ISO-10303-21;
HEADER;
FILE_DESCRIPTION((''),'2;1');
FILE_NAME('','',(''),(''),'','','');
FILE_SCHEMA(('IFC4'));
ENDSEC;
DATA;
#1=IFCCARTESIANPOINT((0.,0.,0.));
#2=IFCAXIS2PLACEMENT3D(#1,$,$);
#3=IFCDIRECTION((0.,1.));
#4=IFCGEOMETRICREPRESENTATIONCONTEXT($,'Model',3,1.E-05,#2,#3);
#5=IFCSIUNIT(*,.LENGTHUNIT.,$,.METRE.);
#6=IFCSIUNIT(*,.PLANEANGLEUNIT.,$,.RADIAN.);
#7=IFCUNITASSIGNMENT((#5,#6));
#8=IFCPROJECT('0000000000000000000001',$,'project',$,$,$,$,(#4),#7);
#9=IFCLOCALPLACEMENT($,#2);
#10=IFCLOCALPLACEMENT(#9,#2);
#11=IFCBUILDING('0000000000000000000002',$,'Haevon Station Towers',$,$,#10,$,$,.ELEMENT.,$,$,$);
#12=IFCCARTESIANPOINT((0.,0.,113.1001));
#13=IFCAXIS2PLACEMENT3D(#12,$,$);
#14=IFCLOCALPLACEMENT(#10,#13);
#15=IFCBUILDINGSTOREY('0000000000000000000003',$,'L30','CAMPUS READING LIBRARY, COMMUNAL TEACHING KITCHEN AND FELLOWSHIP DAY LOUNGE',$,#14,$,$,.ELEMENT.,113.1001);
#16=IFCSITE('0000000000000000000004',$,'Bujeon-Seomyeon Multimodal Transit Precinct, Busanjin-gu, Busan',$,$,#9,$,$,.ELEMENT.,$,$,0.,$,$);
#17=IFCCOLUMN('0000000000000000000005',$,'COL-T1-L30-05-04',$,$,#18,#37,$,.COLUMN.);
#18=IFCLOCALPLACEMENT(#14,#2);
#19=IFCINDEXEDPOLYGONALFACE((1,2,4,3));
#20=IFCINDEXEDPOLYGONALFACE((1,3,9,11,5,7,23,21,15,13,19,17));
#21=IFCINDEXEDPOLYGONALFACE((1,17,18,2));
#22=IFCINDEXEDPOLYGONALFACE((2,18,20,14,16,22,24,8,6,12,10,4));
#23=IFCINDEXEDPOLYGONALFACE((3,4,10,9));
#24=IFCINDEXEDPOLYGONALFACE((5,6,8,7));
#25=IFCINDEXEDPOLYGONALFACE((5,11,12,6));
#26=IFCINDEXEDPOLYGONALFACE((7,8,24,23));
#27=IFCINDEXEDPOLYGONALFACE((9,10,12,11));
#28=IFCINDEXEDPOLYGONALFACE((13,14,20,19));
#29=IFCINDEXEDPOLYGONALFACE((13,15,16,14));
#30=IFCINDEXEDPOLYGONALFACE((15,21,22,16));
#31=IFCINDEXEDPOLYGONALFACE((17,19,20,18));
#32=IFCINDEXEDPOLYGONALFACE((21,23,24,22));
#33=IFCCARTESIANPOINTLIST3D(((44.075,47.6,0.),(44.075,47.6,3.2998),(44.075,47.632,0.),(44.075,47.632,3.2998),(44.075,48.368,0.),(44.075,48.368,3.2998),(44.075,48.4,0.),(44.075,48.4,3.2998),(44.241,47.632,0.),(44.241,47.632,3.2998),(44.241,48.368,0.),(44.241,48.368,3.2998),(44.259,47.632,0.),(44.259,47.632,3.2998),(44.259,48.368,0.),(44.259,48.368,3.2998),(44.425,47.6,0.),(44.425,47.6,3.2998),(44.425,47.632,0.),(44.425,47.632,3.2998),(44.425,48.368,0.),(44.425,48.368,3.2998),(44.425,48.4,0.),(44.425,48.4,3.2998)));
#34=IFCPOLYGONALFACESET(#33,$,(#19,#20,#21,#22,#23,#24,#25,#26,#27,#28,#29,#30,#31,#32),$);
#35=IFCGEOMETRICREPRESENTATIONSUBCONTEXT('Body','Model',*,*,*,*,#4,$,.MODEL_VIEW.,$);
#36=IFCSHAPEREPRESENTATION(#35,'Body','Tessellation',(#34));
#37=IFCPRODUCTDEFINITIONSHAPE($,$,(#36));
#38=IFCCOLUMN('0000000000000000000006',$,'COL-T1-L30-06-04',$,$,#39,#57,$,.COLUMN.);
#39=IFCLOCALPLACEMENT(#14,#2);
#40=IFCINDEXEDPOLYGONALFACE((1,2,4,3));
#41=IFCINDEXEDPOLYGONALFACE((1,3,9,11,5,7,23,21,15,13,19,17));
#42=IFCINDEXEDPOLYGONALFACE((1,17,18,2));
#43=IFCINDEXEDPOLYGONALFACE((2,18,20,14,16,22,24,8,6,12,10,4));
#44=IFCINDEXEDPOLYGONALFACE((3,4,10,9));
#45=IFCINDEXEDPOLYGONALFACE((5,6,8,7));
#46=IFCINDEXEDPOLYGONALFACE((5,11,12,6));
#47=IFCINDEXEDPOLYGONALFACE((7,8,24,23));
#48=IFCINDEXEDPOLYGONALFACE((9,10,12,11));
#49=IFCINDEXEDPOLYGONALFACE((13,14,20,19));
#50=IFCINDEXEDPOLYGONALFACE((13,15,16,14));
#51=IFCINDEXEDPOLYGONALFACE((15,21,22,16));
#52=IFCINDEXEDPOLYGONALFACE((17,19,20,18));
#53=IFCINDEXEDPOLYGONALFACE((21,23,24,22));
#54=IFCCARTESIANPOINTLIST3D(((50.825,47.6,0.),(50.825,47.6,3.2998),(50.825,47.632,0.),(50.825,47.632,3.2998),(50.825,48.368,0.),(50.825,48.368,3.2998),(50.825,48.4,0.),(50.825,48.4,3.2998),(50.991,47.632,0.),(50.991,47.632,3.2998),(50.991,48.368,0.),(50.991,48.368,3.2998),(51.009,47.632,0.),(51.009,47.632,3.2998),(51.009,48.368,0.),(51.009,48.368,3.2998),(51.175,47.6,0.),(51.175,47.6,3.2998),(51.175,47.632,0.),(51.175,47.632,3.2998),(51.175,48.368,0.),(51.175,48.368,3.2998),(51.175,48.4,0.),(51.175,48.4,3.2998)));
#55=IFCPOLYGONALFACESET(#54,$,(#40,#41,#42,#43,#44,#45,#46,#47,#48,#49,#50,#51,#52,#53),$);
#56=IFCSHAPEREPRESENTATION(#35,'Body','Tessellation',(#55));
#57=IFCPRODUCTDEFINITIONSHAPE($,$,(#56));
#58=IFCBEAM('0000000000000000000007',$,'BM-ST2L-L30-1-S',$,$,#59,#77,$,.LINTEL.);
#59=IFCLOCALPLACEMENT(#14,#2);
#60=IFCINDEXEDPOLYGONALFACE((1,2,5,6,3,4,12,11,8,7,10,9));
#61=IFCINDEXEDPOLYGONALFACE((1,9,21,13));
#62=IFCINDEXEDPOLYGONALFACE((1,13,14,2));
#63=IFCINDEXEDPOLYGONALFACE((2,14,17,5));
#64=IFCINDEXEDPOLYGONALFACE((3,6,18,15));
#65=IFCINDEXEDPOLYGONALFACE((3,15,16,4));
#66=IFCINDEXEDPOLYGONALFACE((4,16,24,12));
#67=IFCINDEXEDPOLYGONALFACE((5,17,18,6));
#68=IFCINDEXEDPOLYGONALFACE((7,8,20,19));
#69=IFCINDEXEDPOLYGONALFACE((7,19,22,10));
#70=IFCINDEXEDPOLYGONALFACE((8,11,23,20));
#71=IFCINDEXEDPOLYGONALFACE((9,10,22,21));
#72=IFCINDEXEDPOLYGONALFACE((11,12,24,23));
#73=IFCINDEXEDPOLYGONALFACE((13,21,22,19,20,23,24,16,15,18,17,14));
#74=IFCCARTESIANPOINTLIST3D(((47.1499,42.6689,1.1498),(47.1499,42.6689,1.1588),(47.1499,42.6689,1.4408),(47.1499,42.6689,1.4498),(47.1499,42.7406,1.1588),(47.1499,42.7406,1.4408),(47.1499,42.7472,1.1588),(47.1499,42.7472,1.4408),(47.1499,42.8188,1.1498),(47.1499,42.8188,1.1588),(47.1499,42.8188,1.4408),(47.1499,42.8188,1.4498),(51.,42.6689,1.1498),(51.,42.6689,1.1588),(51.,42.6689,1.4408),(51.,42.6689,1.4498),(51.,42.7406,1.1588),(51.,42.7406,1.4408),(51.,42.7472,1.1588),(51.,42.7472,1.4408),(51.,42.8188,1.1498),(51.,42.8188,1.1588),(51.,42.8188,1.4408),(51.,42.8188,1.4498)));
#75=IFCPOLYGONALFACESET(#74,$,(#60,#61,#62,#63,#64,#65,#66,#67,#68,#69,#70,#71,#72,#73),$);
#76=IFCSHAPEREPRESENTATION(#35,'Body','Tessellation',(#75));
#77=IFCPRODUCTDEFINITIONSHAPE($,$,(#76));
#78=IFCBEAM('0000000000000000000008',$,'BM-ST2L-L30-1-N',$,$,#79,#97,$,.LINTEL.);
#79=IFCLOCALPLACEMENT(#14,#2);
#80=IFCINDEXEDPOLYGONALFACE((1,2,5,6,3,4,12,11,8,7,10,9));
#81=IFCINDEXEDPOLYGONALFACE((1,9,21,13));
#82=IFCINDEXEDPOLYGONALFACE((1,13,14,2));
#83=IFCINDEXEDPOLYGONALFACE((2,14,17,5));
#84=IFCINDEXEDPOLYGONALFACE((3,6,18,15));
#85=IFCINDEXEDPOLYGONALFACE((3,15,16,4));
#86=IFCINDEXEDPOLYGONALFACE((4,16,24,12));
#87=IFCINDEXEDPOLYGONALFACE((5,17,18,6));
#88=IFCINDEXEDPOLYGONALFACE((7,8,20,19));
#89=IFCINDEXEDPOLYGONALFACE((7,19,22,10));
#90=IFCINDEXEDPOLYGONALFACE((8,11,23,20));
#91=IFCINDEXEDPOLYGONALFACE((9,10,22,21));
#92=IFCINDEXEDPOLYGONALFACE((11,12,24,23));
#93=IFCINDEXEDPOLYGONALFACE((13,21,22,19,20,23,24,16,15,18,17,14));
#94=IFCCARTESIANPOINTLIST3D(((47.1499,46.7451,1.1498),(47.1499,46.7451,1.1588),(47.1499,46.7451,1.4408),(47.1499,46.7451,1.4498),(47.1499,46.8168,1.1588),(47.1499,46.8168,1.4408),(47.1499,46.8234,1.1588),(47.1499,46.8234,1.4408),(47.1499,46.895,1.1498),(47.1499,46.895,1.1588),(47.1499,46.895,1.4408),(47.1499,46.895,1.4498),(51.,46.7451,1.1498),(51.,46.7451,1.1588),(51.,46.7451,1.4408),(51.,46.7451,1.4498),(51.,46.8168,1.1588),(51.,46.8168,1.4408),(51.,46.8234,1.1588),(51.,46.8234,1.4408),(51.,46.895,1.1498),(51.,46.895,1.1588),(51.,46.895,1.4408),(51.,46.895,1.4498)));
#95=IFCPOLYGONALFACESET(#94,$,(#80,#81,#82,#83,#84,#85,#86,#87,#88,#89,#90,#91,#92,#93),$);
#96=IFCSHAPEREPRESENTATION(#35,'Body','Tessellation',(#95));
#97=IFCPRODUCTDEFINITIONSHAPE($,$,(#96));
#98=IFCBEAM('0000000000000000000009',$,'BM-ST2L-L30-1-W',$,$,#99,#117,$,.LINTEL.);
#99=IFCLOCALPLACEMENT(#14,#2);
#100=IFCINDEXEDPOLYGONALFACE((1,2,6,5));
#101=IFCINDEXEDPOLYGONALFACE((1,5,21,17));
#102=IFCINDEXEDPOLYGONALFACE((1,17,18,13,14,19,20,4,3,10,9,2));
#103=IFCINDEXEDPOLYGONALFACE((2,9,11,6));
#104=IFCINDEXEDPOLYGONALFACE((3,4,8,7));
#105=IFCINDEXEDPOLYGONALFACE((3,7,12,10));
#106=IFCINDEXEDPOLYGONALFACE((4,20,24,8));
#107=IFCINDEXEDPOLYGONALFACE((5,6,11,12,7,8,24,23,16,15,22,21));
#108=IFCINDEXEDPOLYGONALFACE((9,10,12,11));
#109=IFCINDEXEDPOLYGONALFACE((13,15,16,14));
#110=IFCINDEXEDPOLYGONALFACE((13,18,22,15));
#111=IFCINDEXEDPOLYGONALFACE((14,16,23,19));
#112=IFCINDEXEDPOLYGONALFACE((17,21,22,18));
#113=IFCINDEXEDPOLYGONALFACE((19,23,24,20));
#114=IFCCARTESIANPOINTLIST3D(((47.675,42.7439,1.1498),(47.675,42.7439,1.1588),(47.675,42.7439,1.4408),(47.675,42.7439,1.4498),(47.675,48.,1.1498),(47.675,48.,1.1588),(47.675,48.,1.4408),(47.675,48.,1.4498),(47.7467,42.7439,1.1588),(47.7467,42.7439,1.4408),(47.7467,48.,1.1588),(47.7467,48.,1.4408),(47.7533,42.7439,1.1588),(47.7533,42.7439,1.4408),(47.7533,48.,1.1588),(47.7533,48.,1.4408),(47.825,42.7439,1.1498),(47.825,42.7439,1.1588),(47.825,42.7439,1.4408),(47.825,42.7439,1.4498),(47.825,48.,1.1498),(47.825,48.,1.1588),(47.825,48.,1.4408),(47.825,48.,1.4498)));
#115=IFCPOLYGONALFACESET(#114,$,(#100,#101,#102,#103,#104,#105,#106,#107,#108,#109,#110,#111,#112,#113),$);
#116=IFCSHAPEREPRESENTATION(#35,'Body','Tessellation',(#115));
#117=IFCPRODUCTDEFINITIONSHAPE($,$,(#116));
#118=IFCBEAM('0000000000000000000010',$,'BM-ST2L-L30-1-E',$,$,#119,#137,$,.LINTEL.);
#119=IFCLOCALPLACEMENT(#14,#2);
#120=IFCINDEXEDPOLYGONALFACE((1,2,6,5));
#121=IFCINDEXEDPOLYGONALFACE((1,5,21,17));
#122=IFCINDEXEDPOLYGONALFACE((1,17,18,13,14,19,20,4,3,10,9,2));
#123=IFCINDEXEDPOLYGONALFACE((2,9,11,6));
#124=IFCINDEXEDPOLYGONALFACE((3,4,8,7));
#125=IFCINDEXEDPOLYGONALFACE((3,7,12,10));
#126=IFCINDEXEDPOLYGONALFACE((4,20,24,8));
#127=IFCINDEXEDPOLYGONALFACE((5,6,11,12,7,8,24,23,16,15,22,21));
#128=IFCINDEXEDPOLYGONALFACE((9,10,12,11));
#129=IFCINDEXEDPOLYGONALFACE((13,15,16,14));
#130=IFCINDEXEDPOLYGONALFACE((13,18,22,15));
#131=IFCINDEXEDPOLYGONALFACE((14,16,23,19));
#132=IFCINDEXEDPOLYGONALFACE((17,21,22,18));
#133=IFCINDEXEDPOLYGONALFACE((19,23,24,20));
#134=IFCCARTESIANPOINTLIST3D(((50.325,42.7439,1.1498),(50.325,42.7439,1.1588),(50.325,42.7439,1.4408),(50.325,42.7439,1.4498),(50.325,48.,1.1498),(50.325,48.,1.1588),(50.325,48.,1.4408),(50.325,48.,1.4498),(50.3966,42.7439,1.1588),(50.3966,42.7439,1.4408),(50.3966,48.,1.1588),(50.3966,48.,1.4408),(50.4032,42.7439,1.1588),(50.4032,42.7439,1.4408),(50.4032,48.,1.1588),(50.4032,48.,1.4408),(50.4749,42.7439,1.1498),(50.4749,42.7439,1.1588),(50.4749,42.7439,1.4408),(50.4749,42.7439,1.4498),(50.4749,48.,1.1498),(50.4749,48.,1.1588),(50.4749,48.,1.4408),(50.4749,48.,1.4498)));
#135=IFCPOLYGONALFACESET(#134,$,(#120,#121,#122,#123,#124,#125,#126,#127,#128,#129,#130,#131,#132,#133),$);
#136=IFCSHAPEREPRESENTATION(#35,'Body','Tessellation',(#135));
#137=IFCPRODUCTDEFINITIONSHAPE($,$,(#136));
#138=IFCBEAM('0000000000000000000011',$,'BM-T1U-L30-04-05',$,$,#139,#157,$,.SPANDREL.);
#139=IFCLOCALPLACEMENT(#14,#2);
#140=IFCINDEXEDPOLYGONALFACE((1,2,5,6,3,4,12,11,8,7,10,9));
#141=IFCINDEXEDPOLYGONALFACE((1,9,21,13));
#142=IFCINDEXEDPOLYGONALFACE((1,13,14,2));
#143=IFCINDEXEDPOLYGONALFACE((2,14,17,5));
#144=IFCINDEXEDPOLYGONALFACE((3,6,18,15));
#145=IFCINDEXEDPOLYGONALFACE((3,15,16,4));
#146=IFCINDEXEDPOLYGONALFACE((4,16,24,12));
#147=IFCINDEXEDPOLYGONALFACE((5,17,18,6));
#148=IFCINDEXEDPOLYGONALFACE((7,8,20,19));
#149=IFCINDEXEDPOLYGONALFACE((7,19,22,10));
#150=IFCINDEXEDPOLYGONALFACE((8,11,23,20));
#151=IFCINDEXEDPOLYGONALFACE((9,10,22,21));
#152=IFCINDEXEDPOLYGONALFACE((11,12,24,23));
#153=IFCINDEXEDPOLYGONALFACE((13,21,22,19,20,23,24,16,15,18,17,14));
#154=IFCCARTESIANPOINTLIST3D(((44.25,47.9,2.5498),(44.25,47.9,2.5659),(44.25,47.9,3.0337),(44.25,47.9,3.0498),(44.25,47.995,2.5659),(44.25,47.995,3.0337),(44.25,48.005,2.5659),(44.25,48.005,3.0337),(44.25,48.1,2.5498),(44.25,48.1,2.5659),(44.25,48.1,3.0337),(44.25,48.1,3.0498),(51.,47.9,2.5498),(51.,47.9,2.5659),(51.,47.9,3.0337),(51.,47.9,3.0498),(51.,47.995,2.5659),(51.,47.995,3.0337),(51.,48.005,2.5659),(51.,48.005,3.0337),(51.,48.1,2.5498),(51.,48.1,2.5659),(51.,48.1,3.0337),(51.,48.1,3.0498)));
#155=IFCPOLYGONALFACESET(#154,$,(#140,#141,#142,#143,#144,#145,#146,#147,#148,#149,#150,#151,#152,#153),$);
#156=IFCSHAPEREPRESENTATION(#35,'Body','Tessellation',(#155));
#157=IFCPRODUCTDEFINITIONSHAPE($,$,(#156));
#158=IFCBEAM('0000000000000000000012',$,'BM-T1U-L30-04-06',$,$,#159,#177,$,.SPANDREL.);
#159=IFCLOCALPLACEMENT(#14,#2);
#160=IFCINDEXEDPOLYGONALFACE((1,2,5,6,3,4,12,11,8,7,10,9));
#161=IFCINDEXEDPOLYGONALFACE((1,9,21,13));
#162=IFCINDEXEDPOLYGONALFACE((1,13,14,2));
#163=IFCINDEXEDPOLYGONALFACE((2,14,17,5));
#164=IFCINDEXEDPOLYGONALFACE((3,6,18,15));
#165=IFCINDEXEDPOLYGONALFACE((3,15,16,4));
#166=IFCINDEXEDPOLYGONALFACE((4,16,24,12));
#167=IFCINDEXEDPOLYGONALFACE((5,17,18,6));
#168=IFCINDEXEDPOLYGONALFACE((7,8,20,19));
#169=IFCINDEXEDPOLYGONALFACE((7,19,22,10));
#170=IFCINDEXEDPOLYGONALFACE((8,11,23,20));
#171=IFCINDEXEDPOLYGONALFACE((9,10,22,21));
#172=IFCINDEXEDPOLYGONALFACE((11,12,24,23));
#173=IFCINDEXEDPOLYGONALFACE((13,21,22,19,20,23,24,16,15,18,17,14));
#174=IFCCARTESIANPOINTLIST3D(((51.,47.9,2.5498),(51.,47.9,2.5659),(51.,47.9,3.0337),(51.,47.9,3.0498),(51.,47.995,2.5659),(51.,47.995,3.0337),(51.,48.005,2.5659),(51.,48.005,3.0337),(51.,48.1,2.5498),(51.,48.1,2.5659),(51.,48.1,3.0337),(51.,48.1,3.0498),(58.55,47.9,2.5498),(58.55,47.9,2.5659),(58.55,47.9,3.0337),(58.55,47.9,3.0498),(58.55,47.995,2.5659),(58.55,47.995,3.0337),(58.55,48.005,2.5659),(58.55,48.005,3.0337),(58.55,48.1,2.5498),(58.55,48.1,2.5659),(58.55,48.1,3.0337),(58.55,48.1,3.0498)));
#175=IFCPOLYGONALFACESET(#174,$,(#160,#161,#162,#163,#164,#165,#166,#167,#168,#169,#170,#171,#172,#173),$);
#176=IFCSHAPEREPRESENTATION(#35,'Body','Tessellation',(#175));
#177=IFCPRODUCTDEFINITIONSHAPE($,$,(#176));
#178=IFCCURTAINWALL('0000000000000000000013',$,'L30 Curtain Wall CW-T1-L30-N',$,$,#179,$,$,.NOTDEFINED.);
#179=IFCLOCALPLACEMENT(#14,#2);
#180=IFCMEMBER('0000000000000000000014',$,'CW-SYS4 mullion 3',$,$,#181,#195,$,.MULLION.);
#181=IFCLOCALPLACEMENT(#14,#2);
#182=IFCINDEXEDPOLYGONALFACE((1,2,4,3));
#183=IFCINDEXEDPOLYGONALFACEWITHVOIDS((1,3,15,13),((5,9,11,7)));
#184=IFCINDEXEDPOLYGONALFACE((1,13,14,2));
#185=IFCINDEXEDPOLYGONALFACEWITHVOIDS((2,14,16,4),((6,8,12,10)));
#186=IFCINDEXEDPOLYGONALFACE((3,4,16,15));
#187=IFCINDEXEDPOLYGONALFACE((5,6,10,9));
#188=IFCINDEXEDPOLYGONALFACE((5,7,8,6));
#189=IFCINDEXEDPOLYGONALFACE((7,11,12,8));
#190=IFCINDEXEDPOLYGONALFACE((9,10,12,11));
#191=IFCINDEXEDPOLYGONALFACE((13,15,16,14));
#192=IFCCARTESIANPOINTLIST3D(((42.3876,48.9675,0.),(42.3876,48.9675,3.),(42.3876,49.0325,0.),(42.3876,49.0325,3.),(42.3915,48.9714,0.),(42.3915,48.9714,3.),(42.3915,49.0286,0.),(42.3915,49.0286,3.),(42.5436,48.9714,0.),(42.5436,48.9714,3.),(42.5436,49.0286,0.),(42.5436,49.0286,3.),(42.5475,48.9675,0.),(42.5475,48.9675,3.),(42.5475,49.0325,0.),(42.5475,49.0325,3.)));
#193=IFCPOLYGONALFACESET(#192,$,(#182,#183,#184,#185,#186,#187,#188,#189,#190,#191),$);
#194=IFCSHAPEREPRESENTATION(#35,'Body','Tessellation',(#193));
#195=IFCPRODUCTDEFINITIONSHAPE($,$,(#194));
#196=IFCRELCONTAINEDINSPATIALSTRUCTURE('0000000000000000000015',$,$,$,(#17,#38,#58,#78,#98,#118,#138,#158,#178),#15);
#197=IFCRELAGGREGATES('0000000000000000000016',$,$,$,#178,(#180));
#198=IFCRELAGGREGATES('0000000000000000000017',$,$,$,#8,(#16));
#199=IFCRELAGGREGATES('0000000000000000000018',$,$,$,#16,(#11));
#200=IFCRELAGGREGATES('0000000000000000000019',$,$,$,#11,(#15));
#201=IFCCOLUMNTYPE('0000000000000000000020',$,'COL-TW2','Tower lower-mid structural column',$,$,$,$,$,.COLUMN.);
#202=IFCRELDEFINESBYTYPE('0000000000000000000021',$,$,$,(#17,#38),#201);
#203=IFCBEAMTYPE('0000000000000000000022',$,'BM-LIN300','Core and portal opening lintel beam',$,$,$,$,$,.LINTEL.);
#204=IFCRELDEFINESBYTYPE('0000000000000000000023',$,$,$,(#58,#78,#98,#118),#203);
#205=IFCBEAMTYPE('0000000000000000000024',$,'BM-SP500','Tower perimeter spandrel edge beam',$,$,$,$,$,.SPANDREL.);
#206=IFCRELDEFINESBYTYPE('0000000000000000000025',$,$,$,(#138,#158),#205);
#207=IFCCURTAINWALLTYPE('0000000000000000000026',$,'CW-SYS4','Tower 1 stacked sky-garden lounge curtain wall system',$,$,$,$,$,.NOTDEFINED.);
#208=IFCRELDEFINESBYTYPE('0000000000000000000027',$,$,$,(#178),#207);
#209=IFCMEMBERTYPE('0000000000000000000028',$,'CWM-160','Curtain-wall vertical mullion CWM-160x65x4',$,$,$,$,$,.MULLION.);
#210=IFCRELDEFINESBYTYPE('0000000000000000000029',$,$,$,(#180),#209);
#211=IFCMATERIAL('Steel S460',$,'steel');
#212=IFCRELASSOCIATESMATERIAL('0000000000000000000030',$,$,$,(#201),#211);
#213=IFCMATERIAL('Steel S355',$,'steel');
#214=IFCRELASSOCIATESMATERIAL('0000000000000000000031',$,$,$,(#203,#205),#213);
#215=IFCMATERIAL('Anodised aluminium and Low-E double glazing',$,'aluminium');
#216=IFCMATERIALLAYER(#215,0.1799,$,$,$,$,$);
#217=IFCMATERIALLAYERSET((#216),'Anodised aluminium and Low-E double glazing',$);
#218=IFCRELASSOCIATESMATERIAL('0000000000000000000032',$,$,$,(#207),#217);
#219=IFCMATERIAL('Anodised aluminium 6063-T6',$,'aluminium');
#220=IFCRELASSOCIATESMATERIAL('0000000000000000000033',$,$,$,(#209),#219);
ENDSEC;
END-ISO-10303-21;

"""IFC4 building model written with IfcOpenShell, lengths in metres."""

from ifc_helpers import new_model, si_unit, direction, frame, origin, origin_2d, place, context, subcontext, project, spatial, hollow_rectangle, i_section, extrude, material, layer, layer_set, material_profile, profile_set, type_object, element, aggregate, save


model = new_model("IFC4")

# Units and contexts
model_context = context("Model", 3, precision=1e-05, world=origin(), true_north=direction((0.0, 1.0)))
body_context = subcontext(model_context, "Body", "Model", "MODEL_VIEW")
ifc_project = project(units=[si_unit("LENGTHUNIT", "METRE"), si_unit("PLANEANGLEUNIT", "RADIAN")], contexts=[model_context])

# Site, building, storey
site_placement = place(None, origin())
site = spatial("IfcSite", under=ifc_project, at=site_placement, Name="Bujeon-Seomyeon Multimodal Transit Precinct, Busanjin-gu, Busan", CompositionType="ELEMENT", RefElevation=0.0)
building_placement = place(site_placement, origin())
building = spatial("IfcBuilding", under=site, at=building_placement, Name="Haevon Station Towers", CompositionType="ELEMENT")
storey_placement = place(building_placement, frame((0.0, 0.0, 113.1001)))
storey = spatial("IfcBuildingStorey", under=building, at=storey_placement, Name="L30", Description="CAMPUS READING LIBRARY, COMMUNAL TEACHING KITCHEN AND FELLOWSHIP DAY LOUNGE", CompositionType="ELEMENT", Elevation=113.1001)

# Columns
ifc_material_1 = material(Name="Steel S460", Category="steel")
ifc_material_profile_1 = material_profile(ifc_material_1, i_section(OverallWidth=0.3501, OverallDepth=0.8, WebThickness=0.0181, FlangeThickness=0.032, at=origin_2d()), Name="H-800x350x18x32")
ifc_profile_set_1 = profile_set([ifc_material_profile_1], Name="Steel S460")
column_type = type_object("IfcColumnType", Name="COL-TW2", Description="Tower lower-mid structural column", PredefinedType="COLUMN", material=ifc_profile_set_1)
for number, where, z_axis, x_axis, name in (
    (1, (44.25, 48.0, 0.0), (0.0, 0.0, 1.0), (1.0, 0.0, 0.0), "COL-T1-L30-05-04"),
    (2, (51.0, 48.0, 0.0), (0.0, 0.0, 1.0), (1.0, 0.0, 0.0), "COL-T1-L30-06-04"),
):
    element("IfcColumn", number, at=place(storey_placement, frame(where, z_axis=z_axis, x_axis=x_axis)), inside=storey, type_object=column_type, Name=name, PredefinedType="COLUMN", context=body_context, shape_type="SweptSolid", body=[
        extrude(i_section(OverallWidth=0.3501, OverallDepth=0.8, WebThickness=0.0181, FlangeThickness=0.032, at=origin_2d()), origin(), (0.0, 0.0, 1.0), 3.2998),
    ])

# Beams
ifc_material_2 = material(Name="Steel S355", Category="steel")
ifc_material_profile_2 = material_profile(ifc_material_2, i_section(OverallWidth=0.1499, OverallDepth=0.3, WebThickness=0.0066, FlangeThickness=0.009, at=origin_2d()), Name="H-300x150x6.5x9")
ifc_profile_set_2 = profile_set([ifc_material_profile_2], Name="Steel S355")
beam_type_1 = type_object("IfcBeamType", Name="BM-LIN300", Description="Core and portal opening lintel beam", PredefinedType="LINTEL", material=ifc_profile_set_2)
for number, where, z_axis, x_axis, name in (
    (3, (47.1499, 42.7439, 1.2998), (1.0, 0.0, 0.0), (0.0, 1.0, 0.0), "BM-ST2L-L30-1-S"),
    (4, (47.1499, 46.8201, 1.2998), (1.0, 0.0, 0.0), (0.0, 1.0, 0.0), "BM-ST2L-L30-1-N"),
):
    element("IfcBeam", number, at=place(storey_placement, frame(where, z_axis=z_axis, x_axis=x_axis)), inside=storey, type_object=beam_type_1, Name=name, PredefinedType="LINTEL", context=body_context, shape_type="SweptSolid", body=[
        extrude(i_section(OverallWidth=0.1499, OverallDepth=0.3, WebThickness=0.0066, FlangeThickness=0.009, at=origin_2d()), origin(), (0.0, 0.0, 1.0), 3.8501),
    ])
for number, where, z_axis, x_axis, name in (
    (5, (47.75, 42.7439, 1.2998), (0.0, 1.0, 0.0), (-1.0, 0.0, 0.0), "BM-ST2L-L30-1-W"),
    (6, (50.3999, 42.7439, 1.2998), (0.0, 1.0, 0.0), (-1.0, 0.0, 0.0), "BM-ST2L-L30-1-E"),
):
    element("IfcBeam", number, at=place(storey_placement, frame(where, z_axis=z_axis, x_axis=x_axis)), inside=storey, type_object=beam_type_1, Name=name, PredefinedType="LINTEL", context=body_context, shape_type="SweptSolid", body=[
        extrude(i_section(OverallWidth=0.1499, OverallDepth=0.3, WebThickness=0.0066, FlangeThickness=0.009, at=origin_2d()), origin(), (0.0, 0.0, 1.0), 5.2561),
    ])
ifc_material_profile_3 = material_profile(ifc_material_2, i_section(OverallWidth=0.2, OverallDepth=0.5, WebThickness=0.01, FlangeThickness=0.0161, at=origin_2d()), Name="H-500x200x10x16")
ifc_profile_set_3 = profile_set([ifc_material_profile_3], Name="Steel S355")
beam_type_2 = type_object("IfcBeamType", Name="BM-SP500", Description="Tower perimeter spandrel edge beam", PredefinedType="SPANDREL", material=ifc_profile_set_3)
beam_1_placement = place(storey_placement, frame((44.25, 48.0, 2.7998), z_axis=(1.0, 0.0, 0.0), x_axis=(0.0, 1.0, 0.0)))
element("IfcBeam", 7, at=beam_1_placement, inside=storey, type_object=beam_type_2, Name="BM-T1U-L30-04-05", PredefinedType="SPANDREL", context=body_context, shape_type="SweptSolid", body=[
    extrude(i_section(OverallWidth=0.2, OverallDepth=0.5, WebThickness=0.01, FlangeThickness=0.0161, at=origin_2d()), origin(), (0.0, 0.0, 1.0), 6.75),
])
beam_2_placement = place(storey_placement, frame((51.0, 48.0, 2.7998), z_axis=(1.0, 0.0, 0.0), x_axis=(0.0, 1.0, 0.0)))
element("IfcBeam", 8, at=beam_2_placement, inside=storey, type_object=beam_type_2, Name="BM-T1U-L30-04-06", PredefinedType="SPANDREL", context=body_context, shape_type="SweptSolid", body=[
    extrude(i_section(OverallWidth=0.2, OverallDepth=0.5, WebThickness=0.01, FlangeThickness=0.0161, at=origin_2d()), origin(), (0.0, 0.0, 1.0), 7.55),
])

# Curtain wall, member
ifc_material_3 = material(Name="Anodised aluminium and Low-E double glazing", Category="aluminium")
ifc_layer_1 = layer(ifc_material_3, 0.1799)
ifc_layer_set_1 = layer_set([ifc_layer_1], Name="Anodised aluminium and Low-E double glazing")
curtain_wall_type = type_object("IfcCurtainWallType", Name="CW-SYS4", Description="Tower 1 stacked sky-garden lounge curtain wall system", PredefinedType="NOTDEFINED", material=ifc_layer_set_1)
curtain_wall_placement = place(storey_placement, origin())
curtain_wall = element("IfcCurtainWall", 9, at=curtain_wall_placement, inside=storey, type_object=curtain_wall_type, Name="L30 Curtain Wall CW-T1-L30-N", PredefinedType="NOTDEFINED")
ifc_material_4 = material(Name="Anodised aluminium 6063-T6", Category="aluminium")
ifc_material_profile_4 = material_profile(ifc_material_4, hollow_rectangle(XDim=0.0649, YDim=0.1599, WallThickness=0.0039, at=origin_2d()), Name="CWM-160x65x4")
ifc_profile_set_4 = profile_set([ifc_material_profile_4], Name="Anodised aluminium 6063-T6")
member_type = type_object("IfcMemberType", Name="CWM-160", Description="Curtain-wall vertical mullion CWM-160x65x4", PredefinedType="MULLION", material=ifc_profile_set_4)
member_placement = place(storey_placement, frame((42.4675, 49.0, 0.0), z_axis=(0.0, 0.0, 1.0), x_axis=(0.0, 1.0, 0.0)))
member = element("IfcMember", 10, at=member_placement, type_object=member_type, Name="CW-SYS4 mullion 3", PredefinedType="MULLION", context=body_context, shape_type="SweptSolid", body=[
    extrude(hollow_rectangle(XDim=0.0649, YDim=0.1599, WallThickness=0.0039, at=origin_2d()), origin(), (0.0, 0.0, 1.0), 3.0),
])
aggregate(curtain_wall, [member])

save(model, "model.ifc")
